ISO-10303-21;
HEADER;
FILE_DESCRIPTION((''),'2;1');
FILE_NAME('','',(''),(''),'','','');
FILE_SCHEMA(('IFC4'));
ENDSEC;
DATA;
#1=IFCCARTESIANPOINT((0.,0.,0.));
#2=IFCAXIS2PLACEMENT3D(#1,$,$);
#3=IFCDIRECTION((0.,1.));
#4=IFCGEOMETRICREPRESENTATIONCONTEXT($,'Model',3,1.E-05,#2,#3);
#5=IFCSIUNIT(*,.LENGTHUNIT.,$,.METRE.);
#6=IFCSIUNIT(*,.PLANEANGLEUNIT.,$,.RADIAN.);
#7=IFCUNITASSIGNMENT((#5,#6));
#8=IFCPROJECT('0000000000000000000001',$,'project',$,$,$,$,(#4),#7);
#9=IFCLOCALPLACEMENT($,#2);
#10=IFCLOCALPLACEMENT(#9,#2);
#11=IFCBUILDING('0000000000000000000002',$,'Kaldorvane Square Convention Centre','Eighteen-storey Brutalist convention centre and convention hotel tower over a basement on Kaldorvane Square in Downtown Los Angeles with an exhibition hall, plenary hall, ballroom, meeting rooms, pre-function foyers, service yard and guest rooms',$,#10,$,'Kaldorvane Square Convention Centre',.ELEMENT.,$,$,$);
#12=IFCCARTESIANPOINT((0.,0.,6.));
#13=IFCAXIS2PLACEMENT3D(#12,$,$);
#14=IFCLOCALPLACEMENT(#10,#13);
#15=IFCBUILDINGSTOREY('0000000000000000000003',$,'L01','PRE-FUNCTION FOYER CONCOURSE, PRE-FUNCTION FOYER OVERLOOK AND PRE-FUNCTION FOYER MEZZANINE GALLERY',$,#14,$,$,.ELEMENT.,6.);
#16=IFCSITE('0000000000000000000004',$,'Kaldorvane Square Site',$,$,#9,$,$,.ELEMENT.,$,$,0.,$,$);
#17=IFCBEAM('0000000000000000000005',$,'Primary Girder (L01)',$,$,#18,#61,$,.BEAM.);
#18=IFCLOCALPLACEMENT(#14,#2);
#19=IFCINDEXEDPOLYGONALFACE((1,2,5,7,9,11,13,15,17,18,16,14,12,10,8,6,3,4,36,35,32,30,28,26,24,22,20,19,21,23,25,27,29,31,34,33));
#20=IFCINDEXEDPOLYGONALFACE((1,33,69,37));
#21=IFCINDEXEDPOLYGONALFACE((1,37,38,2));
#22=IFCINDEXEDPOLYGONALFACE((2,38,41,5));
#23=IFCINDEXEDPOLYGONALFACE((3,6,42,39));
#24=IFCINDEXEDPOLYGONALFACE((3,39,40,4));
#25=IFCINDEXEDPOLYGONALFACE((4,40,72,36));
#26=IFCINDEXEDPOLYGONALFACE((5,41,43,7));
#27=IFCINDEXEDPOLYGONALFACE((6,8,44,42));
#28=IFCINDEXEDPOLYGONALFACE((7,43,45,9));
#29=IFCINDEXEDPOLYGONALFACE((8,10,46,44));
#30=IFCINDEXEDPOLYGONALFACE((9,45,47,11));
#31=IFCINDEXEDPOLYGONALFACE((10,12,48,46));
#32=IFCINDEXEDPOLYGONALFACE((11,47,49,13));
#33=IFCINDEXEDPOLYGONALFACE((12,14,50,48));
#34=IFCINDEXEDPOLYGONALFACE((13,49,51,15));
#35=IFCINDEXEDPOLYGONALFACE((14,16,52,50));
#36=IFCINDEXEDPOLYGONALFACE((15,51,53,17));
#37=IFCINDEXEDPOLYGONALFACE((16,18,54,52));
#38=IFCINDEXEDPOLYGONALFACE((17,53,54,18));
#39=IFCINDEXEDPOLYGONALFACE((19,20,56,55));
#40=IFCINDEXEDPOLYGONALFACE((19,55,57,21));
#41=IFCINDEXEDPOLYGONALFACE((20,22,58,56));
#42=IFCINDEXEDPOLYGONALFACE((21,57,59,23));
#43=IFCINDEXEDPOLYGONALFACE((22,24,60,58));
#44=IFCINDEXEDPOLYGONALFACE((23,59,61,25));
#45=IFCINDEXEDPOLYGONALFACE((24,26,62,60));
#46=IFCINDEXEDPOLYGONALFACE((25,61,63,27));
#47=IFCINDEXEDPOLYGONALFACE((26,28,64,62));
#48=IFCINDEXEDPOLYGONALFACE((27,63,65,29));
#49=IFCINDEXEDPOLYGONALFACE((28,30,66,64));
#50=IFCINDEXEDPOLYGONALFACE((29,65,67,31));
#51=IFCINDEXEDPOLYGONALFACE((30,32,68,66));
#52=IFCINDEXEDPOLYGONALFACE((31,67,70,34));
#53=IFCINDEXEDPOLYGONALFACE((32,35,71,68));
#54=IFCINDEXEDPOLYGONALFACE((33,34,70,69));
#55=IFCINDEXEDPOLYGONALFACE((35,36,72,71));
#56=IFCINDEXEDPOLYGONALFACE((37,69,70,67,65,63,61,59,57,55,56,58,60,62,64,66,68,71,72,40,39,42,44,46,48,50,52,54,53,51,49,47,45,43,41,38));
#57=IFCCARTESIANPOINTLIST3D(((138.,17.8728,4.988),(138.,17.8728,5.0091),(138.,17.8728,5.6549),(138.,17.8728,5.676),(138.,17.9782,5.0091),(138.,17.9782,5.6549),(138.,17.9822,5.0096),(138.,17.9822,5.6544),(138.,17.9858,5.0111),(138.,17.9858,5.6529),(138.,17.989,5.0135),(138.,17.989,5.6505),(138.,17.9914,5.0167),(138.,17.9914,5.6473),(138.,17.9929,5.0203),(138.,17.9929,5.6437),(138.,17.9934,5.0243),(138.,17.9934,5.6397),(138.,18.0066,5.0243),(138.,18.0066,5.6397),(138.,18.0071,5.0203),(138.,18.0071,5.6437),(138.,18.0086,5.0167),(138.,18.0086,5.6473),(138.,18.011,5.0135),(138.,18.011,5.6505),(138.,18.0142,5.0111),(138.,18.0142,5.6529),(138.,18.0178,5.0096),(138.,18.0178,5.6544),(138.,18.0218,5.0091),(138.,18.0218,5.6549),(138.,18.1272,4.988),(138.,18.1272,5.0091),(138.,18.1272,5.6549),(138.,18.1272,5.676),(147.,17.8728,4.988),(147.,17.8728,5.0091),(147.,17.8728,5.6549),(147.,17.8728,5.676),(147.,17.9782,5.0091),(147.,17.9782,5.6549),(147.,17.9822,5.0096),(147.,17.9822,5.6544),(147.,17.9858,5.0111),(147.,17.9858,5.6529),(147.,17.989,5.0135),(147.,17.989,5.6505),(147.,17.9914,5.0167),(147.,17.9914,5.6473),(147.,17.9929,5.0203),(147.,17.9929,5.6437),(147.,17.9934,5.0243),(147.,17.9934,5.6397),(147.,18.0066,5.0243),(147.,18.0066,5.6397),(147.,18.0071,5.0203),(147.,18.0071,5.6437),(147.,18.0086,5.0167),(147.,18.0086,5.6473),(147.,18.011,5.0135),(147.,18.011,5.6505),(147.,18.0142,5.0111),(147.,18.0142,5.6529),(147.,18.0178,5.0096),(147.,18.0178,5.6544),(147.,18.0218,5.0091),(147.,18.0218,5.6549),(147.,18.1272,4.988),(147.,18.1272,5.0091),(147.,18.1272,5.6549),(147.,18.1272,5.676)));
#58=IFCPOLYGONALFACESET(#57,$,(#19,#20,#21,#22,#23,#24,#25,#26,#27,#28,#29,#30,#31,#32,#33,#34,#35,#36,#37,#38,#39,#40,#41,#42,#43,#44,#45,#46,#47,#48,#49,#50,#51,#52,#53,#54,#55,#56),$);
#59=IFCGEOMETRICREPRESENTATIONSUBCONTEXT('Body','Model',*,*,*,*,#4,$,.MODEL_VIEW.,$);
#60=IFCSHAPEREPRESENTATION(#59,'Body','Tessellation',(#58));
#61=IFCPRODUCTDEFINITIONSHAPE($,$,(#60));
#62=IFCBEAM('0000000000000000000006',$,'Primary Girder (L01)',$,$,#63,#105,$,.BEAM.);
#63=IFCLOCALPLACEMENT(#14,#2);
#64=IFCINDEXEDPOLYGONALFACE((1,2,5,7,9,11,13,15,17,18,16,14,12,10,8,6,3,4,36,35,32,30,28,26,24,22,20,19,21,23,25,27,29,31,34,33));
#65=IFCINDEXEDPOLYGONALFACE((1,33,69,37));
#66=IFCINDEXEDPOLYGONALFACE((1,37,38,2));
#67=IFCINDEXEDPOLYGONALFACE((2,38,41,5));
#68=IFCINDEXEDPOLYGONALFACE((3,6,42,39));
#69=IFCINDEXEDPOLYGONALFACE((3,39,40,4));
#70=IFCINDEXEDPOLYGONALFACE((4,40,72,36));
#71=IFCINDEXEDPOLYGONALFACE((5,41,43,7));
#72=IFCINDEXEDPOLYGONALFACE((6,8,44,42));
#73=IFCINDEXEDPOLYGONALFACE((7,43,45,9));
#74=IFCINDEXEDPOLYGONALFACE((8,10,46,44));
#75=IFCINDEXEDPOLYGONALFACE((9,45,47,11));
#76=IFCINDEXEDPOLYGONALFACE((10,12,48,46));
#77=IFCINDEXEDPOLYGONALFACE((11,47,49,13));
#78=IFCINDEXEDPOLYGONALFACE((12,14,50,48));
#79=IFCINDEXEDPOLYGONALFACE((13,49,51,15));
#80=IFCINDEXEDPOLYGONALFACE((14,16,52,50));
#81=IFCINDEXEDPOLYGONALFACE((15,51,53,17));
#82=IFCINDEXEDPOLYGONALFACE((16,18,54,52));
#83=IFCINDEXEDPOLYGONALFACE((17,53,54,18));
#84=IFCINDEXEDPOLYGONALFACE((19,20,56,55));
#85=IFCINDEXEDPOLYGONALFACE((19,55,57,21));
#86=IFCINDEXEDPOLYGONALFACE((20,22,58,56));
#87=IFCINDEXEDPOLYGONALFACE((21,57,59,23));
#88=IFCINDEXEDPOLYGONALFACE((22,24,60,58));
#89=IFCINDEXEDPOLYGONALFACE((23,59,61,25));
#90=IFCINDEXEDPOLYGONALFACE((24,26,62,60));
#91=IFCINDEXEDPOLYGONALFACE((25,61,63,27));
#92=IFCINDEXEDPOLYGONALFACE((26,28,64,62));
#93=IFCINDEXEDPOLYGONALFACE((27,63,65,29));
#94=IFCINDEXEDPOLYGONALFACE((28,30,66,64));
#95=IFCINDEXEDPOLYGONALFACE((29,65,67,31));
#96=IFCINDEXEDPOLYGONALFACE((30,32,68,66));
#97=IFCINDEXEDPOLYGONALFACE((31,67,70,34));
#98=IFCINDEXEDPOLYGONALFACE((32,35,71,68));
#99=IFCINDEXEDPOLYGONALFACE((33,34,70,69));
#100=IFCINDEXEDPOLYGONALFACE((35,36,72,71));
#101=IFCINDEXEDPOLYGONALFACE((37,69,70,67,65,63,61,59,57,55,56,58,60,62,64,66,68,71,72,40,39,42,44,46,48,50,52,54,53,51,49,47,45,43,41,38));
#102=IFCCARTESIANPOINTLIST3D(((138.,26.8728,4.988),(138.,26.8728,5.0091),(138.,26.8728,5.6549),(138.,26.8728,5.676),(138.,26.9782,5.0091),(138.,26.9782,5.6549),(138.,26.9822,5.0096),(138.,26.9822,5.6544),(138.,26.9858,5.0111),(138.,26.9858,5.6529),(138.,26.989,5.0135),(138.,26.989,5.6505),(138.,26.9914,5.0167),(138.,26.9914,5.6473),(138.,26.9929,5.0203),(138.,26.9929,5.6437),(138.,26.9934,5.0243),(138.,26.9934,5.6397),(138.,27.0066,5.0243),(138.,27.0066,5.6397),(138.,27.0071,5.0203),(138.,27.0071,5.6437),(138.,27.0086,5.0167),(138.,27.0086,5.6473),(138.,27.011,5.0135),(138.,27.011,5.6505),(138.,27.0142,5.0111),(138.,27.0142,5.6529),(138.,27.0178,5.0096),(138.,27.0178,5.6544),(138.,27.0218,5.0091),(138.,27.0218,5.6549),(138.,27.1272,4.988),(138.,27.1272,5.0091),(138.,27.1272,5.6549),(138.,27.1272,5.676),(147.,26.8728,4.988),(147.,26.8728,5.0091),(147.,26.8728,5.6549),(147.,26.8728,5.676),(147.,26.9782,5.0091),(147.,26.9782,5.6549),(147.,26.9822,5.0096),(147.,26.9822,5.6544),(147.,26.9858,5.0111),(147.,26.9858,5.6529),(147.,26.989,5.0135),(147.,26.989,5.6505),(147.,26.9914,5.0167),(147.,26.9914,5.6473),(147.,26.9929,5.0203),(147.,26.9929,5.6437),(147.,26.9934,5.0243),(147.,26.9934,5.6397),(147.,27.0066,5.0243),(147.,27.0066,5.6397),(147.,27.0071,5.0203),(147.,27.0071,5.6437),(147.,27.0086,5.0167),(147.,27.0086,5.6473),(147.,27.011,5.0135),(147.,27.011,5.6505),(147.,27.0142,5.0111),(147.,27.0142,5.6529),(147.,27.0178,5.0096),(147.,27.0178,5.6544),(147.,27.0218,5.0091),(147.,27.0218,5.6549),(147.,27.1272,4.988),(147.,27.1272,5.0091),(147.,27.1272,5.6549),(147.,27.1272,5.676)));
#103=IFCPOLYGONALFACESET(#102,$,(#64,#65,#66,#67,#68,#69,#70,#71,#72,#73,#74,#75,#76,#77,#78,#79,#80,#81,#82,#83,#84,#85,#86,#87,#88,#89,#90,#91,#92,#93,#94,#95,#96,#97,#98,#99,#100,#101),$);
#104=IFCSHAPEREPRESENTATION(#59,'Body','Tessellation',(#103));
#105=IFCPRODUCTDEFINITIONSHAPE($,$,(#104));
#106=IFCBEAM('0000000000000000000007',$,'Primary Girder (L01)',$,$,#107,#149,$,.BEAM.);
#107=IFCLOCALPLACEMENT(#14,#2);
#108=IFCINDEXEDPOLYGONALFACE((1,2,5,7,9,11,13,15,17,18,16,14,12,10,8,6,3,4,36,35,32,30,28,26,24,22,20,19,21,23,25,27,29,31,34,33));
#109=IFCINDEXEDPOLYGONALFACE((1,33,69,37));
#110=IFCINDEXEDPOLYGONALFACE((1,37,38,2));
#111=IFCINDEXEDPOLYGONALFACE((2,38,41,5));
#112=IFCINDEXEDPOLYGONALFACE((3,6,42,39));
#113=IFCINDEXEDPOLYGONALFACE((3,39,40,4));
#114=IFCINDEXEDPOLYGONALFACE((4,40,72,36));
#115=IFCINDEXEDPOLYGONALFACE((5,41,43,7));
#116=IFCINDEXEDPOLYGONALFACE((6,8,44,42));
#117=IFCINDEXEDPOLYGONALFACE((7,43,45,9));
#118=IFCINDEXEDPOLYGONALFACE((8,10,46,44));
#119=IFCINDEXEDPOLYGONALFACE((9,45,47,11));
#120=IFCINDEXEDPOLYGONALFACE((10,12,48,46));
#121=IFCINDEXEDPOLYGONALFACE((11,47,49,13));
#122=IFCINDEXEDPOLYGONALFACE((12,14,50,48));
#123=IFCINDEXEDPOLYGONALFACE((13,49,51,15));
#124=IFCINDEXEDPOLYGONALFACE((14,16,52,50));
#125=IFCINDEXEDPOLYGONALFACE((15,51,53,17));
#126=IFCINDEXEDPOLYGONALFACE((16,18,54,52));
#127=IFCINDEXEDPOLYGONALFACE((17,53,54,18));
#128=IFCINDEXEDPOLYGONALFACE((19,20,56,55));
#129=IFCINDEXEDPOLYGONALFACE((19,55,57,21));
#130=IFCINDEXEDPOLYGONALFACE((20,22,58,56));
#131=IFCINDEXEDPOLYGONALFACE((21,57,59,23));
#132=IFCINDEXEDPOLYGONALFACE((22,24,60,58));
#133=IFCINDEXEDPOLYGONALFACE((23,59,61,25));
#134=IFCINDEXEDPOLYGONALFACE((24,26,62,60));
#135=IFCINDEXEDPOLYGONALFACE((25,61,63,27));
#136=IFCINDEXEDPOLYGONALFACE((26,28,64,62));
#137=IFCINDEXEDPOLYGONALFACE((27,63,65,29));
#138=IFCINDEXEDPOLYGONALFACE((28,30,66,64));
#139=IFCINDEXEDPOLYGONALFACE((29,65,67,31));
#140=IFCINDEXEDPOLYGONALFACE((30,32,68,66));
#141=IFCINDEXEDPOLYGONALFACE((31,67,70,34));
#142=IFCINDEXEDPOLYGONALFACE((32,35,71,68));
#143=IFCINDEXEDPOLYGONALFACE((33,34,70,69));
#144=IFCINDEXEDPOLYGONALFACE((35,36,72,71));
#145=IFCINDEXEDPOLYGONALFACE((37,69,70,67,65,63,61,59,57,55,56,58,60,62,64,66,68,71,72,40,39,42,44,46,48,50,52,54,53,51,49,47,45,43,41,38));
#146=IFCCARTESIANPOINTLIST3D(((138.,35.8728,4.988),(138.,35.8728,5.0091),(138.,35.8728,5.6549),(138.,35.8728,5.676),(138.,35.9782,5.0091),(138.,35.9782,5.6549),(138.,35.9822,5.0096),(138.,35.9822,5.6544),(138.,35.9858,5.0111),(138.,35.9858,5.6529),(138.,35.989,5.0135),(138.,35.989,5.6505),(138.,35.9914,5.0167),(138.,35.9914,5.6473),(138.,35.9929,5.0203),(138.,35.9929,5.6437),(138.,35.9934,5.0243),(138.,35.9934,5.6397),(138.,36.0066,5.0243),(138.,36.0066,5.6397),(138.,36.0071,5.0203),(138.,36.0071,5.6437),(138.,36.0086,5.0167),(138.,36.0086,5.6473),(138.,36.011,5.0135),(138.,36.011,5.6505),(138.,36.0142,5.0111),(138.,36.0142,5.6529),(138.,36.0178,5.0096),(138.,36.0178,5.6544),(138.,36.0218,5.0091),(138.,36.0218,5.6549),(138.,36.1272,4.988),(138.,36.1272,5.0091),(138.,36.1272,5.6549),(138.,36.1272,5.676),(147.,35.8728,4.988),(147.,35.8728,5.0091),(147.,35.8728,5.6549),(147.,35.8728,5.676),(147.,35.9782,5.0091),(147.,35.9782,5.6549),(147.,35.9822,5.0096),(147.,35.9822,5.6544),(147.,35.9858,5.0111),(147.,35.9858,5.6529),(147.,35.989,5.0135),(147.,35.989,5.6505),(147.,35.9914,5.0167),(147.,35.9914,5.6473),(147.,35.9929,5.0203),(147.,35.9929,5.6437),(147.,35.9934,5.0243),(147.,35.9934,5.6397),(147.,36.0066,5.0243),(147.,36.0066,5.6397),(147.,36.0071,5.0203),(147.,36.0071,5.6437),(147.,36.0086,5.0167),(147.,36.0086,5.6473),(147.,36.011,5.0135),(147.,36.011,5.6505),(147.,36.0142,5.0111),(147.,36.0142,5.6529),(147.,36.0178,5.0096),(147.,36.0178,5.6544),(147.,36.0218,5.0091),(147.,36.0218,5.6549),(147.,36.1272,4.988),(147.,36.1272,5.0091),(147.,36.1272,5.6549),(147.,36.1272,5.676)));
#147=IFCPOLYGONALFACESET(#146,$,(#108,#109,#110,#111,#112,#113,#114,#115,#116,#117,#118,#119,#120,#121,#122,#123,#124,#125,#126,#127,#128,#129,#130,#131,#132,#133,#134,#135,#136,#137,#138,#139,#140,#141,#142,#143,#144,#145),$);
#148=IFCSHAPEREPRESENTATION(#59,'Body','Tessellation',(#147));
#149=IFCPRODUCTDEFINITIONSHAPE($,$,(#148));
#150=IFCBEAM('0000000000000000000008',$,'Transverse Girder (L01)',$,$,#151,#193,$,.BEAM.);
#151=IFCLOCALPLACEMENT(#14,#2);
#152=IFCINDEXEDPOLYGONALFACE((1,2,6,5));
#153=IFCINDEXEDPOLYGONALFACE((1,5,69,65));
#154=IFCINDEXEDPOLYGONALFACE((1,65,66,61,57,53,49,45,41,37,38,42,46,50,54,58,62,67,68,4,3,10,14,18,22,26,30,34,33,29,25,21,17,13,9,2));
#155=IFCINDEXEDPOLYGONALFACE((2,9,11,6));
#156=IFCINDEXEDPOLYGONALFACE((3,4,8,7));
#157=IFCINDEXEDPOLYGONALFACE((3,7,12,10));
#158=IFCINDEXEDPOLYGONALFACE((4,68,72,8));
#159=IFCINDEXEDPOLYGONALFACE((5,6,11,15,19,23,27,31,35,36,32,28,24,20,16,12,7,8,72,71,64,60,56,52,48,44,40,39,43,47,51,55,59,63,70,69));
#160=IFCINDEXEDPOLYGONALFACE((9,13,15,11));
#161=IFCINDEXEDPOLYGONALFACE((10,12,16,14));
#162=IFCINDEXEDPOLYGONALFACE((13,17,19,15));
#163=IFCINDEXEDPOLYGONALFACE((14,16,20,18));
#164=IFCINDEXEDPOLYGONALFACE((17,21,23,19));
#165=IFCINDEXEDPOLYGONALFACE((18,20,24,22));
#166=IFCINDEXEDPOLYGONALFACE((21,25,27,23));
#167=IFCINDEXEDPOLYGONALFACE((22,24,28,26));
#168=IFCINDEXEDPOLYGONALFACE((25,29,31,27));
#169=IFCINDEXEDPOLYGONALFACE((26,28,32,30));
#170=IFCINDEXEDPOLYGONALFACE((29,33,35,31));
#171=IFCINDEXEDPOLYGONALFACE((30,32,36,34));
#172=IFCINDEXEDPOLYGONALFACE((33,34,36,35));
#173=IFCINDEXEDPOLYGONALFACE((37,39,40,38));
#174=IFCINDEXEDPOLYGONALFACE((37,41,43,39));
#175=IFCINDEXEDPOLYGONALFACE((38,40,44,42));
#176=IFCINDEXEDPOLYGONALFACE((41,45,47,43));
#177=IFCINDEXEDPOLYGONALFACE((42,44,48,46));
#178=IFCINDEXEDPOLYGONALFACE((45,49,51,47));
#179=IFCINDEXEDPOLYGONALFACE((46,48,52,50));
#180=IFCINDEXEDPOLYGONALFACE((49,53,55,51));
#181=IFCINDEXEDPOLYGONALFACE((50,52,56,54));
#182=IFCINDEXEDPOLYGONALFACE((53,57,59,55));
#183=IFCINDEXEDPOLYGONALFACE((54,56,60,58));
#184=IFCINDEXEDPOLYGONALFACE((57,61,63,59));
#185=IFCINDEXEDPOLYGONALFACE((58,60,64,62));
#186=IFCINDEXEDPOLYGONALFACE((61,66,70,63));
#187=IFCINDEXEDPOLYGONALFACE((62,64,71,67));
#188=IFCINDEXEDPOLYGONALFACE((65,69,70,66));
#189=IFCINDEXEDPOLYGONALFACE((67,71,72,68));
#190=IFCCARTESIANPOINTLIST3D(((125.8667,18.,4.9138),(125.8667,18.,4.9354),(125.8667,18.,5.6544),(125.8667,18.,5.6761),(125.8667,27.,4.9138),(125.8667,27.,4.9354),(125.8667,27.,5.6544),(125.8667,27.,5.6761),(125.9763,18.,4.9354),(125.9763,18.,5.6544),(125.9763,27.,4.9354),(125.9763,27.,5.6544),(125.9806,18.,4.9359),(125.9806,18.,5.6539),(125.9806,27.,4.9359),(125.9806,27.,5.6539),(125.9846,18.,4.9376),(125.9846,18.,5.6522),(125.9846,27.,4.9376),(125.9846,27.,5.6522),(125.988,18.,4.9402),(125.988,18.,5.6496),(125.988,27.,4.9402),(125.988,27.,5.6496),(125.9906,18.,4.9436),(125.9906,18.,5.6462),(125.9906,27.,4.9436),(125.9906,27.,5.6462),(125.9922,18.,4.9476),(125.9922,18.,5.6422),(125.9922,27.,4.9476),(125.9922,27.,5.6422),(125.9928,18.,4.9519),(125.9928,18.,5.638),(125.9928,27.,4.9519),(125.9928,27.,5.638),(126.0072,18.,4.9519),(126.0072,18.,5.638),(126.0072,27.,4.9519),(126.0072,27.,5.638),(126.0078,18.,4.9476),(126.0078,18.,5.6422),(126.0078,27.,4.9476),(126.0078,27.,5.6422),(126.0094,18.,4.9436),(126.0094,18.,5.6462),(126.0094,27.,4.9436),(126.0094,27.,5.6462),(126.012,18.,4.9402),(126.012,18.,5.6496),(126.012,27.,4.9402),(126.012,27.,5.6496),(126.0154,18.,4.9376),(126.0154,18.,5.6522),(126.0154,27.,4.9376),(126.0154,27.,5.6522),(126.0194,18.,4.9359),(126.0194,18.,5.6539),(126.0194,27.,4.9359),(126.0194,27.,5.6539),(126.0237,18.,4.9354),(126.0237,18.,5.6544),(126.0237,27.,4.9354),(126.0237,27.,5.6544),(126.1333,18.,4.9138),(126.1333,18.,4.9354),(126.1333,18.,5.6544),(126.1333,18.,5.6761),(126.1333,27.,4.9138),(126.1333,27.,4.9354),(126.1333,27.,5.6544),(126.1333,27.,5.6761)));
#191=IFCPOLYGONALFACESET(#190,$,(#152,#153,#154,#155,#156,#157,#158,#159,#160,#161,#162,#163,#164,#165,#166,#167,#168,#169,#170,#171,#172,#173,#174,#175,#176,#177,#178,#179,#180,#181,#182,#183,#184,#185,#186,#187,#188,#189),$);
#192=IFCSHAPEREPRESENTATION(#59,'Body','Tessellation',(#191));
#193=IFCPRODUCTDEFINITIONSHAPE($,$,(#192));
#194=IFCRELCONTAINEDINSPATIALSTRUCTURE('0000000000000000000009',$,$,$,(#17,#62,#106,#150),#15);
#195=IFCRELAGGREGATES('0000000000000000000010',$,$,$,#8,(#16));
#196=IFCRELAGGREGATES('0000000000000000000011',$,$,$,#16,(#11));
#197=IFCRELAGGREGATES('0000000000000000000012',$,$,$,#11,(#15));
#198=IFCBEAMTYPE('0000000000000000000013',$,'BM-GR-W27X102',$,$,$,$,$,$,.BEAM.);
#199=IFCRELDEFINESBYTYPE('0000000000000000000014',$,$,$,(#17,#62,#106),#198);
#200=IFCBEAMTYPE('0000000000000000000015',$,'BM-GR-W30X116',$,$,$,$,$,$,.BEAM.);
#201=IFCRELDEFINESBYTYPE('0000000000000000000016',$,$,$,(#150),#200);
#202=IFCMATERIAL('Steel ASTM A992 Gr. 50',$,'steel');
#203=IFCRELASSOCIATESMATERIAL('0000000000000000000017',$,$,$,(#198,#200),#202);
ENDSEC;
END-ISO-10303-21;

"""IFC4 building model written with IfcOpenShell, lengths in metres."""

from ifc_helpers import new_model, si_unit, direction, frame, origin, origin_2d, place, context, subcontext, project, spatial, i_section, extrude, material, material_profile, profile_set, type_object, element, save


model = new_model("IFC4")

# Units and contexts
model_context = context("Model", 3, precision=1e-05, world=origin(), true_north=direction((0.0, 1.0)))
body_context = subcontext(model_context, "Body", "Model", "MODEL_VIEW")
ifc_project = project(units=[si_unit("LENGTHUNIT", "METRE"), si_unit("PLANEANGLEUNIT", "RADIAN")], contexts=[model_context])

# Site, building, storey
site_placement = place(None, origin())
site = spatial("IfcSite", under=ifc_project, at=site_placement, Name="Kaldorvane Square Site", CompositionType="ELEMENT", RefElevation=0.0)
building_placement = place(site_placement, origin())
building = spatial("IfcBuilding", under=site, at=building_placement, Name="Kaldorvane Square Convention Centre", Description="Eighteen-storey Brutalist convention centre and convention hotel tower over a basement on Kaldorvane Square in Downtown Los Angeles with an exhibition hall, plenary hall, ballroom, meeting rooms, pre-function foyers, service yard and guest rooms", LongName="Kaldorvane Square Convention Centre", CompositionType="ELEMENT")
storey_placement = place(building_placement, frame((0.0, 0.0, 6.0)))
storey = spatial("IfcBuildingStorey", under=building, at=storey_placement, Name="L01", Description="PRE-FUNCTION FOYER CONCOURSE, PRE-FUNCTION FOYER OVERLOOK AND PRE-FUNCTION FOYER MEZZANINE GALLERY", CompositionType="ELEMENT", Elevation=6.0)

# Shared definitions
ifc_material_1 = material(Name="Steel ASTM A992 Gr. 50", Category="steel")

# Beams
ifc_material_profile_1 = material_profile(ifc_material_1, i_section(OverallWidth=0.2544, OverallDepth=0.6881, WebThickness=0.0131, FlangeThickness=0.0211, FilletRadius=0.0152, at=origin_2d()), Name="W27X102")
ifc_profile_set_1 = profile_set([ifc_material_profile_1], Name="Steel ASTM A992 Gr. 50")
beam_type_1 = type_object("IfcBeamType", Name="BM-GR-W27X102", PredefinedType="BEAM", material=ifc_profile_set_1)
for number, where, z_axis, x_axis, name in (
    (1, (138.0, 18.0, 5.332), (1.0, 0.0, 0.0), (0.0, 1.0, 0.0), "Primary Girder (L01)"),
    (2, (138.0, 27.0, 5.332), (1.0, 0.0, 0.0), (0.0, 1.0, 0.0), "Primary Girder (L01)"),
    (3, (138.0, 36.0, 5.332), (1.0, 0.0, 0.0), (0.0, 1.0, 0.0), "Primary Girder (L01)"),
):
    element("IfcBeam", number, at=place(storey_placement, frame(where, z_axis=z_axis, x_axis=x_axis)), inside=storey, type_object=beam_type_1, Name=name, PredefinedType="BEAM", context=body_context, shape_type="SweptSolid", body=[
        extrude(i_section(OverallWidth=0.2544, OverallDepth=0.6881, WebThickness=0.0131, FlangeThickness=0.0211, FilletRadius=0.0152, at=origin_2d()), origin(), (0.0, 0.0, 1.0), 9.0),
    ])
ifc_material_profile_2 = material_profile(ifc_material_1, i_section(OverallWidth=0.2666, OverallDepth=0.7623, WebThickness=0.0144, FlangeThickness=0.0216, FilletRadius=0.0165, at=origin_2d()), Name="W30X116")
ifc_profile_set_2 = profile_set([ifc_material_profile_2], Name="Steel ASTM A992 Gr. 50")
beam_type_2 = type_object("IfcBeamType", Name="BM-GR-W30X116", PredefinedType="BEAM", material=ifc_profile_set_2)
for number, where, z_axis, x_axis, name in (
    (4, (126.0, 18.0, 5.2949), (0.0, 1.0, 0.0), (-1.0, 0.0, 0.0), "Transverse Girder (L01)"),
):
    element("IfcBeam", number, at=place(storey_placement, frame(where, z_axis=z_axis, x_axis=x_axis)), inside=storey, type_object=beam_type_2, Name=name, PredefinedType="BEAM", context=body_context, shape_type="SweptSolid", body=[
        extrude(i_section(OverallWidth=0.2666, OverallDepth=0.7623, WebThickness=0.0144, FlangeThickness=0.0216, FilletRadius=0.0165, at=origin_2d()), origin(), (0.0, 0.0, 1.0), 9.0),
    ])

save(model, "model.ifc")
